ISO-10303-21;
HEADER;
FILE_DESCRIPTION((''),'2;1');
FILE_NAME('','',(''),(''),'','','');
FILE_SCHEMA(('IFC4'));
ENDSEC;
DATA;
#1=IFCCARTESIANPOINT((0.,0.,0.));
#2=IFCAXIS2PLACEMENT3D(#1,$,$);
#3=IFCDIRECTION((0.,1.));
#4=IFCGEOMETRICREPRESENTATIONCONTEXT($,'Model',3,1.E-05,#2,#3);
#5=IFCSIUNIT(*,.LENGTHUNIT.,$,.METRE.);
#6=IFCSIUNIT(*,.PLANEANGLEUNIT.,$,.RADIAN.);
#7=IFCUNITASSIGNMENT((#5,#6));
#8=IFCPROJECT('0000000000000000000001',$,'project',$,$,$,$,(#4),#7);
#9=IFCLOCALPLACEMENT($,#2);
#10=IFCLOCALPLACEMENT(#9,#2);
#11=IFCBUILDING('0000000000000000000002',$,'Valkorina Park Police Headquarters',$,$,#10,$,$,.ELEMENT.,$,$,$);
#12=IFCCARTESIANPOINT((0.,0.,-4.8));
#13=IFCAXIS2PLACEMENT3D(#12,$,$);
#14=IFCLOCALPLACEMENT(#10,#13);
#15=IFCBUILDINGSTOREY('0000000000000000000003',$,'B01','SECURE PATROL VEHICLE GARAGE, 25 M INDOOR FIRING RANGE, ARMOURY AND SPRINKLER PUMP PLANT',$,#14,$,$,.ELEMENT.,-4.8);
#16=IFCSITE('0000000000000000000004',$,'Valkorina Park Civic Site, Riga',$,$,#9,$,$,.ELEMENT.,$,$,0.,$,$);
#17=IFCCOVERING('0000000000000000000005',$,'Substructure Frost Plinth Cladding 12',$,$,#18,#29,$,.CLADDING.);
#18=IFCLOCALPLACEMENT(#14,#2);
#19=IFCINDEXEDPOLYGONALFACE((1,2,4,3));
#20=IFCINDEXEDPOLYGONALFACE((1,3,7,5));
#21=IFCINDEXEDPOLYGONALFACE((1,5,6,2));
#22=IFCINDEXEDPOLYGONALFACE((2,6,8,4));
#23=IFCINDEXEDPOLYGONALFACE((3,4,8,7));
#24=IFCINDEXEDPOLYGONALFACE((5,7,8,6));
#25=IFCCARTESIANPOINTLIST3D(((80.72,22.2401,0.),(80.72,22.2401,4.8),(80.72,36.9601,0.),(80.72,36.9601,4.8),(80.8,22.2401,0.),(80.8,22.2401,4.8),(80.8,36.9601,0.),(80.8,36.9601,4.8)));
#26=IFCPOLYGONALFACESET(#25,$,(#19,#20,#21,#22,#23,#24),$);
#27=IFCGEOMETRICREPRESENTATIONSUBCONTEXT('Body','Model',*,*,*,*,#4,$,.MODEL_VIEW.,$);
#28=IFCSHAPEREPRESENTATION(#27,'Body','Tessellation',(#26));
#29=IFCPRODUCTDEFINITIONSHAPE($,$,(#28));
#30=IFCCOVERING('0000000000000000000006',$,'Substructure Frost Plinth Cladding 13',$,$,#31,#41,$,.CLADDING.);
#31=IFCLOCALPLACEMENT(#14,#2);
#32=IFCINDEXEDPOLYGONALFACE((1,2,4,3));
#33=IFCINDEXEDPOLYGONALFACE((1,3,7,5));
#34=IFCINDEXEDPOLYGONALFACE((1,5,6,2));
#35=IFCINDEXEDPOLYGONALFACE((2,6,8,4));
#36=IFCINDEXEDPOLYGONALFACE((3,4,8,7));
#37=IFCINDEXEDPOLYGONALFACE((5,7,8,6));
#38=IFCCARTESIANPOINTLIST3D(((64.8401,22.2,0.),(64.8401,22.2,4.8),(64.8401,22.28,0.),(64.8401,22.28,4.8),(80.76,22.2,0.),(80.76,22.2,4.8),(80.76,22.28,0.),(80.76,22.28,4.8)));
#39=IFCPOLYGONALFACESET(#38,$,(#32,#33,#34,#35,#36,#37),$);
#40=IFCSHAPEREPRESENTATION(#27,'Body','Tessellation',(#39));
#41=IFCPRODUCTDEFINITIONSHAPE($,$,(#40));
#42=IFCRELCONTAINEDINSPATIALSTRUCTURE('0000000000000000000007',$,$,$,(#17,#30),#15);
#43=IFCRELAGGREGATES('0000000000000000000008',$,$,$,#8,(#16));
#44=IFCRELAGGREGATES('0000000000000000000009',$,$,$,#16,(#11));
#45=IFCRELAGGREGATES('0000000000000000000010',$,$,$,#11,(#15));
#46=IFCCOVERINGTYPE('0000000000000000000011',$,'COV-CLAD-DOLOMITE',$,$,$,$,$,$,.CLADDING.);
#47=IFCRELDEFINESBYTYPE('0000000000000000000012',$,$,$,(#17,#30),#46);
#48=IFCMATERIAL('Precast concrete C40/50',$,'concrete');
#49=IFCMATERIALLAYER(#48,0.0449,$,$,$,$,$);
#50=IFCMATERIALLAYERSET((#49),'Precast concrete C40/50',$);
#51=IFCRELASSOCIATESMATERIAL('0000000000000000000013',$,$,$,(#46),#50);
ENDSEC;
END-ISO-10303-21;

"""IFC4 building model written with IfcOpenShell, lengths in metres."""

from ifc_helpers import new_model, si_unit, direction, frame, frame_2d, origin, place, context, subcontext, project, spatial, rectangle, extrude, material, layer, layer_set, type_object, element, save


model = new_model("IFC4")

# Units and contexts
model_context = context("Model", 3, precision=1e-05, world=origin(), true_north=direction((0.0, 1.0)))
body_context = subcontext(model_context, "Body", "Model", "MODEL_VIEW")
ifc_project = project(units=[si_unit("LENGTHUNIT", "METRE"), si_unit("PLANEANGLEUNIT", "RADIAN")], contexts=[model_context])

# Site, building, storey
site_placement = place(None, origin())
site = spatial("IfcSite", under=ifc_project, at=site_placement, Name="Valkorina Park Civic Site, Riga", CompositionType="ELEMENT", RefElevation=0.0)
building_placement = place(site_placement, origin())
building = spatial("IfcBuilding", under=site, at=building_placement, Name="Valkorina Park Police Headquarters", CompositionType="ELEMENT")
storey_placement = place(building_placement, frame((0.0, 0.0, -4.8)))
storey = spatial("IfcBuildingStorey", under=building, at=storey_placement, Name="B01", Description="SECURE PATROL VEHICLE GARAGE, 25 M INDOOR FIRING RANGE, ARMOURY AND SPRINKLER PUMP PLANT", CompositionType="ELEMENT", Elevation=-4.8)

# Coverings
ifc_material_1 = material(Name="Precast concrete C40/50", Category="concrete")
ifc_layer_1 = layer(ifc_material_1, 0.0449)
ifc_layer_set_1 = layer_set([ifc_layer_1], Name="Precast concrete C40/50")
covering_type = type_object("IfcCoveringType", Name="COV-CLAD-DOLOMITE", PredefinedType="CLADDING", material=ifc_layer_set_1)
covering_1_placement = place(storey_placement, frame((80.76, 36.96, 0.0), z_axis=(0.0, 0.0, 1.0), x_axis=(0.0, -1.0, 0.0)))
element("IfcCovering", 1, at=covering_1_placement, inside=storey, type_object=covering_type, Name="Substructure Frost Plinth Cladding 12", PredefinedType="CLADDING", context=body_context, shape_type="SweptSolid", body=[
    extrude(rectangle(XDim=14.72, YDim=0.0801, at=frame_2d((7.3599, 0.0))), origin(), (0.0, 0.0, 1.0), 4.8),
])
covering_2_placement = place(storey_placement, frame((80.76, 22.24, 0.0), z_axis=(0.0, 0.0, 1.0), x_axis=(-1.0, 0.0, 0.0)))
element("IfcCovering", 2, at=covering_2_placement, inside=storey, type_object=covering_type, Name="Substructure Frost Plinth Cladding 13", PredefinedType="CLADDING", context=body_context, shape_type="SweptSolid", body=[
    extrude(rectangle(XDim=15.9199, YDim=0.0801, at=frame_2d((7.96, 0.0))), origin(), (0.0, 0.0, 1.0), 4.8),
])

save(model, "model.ifc")
